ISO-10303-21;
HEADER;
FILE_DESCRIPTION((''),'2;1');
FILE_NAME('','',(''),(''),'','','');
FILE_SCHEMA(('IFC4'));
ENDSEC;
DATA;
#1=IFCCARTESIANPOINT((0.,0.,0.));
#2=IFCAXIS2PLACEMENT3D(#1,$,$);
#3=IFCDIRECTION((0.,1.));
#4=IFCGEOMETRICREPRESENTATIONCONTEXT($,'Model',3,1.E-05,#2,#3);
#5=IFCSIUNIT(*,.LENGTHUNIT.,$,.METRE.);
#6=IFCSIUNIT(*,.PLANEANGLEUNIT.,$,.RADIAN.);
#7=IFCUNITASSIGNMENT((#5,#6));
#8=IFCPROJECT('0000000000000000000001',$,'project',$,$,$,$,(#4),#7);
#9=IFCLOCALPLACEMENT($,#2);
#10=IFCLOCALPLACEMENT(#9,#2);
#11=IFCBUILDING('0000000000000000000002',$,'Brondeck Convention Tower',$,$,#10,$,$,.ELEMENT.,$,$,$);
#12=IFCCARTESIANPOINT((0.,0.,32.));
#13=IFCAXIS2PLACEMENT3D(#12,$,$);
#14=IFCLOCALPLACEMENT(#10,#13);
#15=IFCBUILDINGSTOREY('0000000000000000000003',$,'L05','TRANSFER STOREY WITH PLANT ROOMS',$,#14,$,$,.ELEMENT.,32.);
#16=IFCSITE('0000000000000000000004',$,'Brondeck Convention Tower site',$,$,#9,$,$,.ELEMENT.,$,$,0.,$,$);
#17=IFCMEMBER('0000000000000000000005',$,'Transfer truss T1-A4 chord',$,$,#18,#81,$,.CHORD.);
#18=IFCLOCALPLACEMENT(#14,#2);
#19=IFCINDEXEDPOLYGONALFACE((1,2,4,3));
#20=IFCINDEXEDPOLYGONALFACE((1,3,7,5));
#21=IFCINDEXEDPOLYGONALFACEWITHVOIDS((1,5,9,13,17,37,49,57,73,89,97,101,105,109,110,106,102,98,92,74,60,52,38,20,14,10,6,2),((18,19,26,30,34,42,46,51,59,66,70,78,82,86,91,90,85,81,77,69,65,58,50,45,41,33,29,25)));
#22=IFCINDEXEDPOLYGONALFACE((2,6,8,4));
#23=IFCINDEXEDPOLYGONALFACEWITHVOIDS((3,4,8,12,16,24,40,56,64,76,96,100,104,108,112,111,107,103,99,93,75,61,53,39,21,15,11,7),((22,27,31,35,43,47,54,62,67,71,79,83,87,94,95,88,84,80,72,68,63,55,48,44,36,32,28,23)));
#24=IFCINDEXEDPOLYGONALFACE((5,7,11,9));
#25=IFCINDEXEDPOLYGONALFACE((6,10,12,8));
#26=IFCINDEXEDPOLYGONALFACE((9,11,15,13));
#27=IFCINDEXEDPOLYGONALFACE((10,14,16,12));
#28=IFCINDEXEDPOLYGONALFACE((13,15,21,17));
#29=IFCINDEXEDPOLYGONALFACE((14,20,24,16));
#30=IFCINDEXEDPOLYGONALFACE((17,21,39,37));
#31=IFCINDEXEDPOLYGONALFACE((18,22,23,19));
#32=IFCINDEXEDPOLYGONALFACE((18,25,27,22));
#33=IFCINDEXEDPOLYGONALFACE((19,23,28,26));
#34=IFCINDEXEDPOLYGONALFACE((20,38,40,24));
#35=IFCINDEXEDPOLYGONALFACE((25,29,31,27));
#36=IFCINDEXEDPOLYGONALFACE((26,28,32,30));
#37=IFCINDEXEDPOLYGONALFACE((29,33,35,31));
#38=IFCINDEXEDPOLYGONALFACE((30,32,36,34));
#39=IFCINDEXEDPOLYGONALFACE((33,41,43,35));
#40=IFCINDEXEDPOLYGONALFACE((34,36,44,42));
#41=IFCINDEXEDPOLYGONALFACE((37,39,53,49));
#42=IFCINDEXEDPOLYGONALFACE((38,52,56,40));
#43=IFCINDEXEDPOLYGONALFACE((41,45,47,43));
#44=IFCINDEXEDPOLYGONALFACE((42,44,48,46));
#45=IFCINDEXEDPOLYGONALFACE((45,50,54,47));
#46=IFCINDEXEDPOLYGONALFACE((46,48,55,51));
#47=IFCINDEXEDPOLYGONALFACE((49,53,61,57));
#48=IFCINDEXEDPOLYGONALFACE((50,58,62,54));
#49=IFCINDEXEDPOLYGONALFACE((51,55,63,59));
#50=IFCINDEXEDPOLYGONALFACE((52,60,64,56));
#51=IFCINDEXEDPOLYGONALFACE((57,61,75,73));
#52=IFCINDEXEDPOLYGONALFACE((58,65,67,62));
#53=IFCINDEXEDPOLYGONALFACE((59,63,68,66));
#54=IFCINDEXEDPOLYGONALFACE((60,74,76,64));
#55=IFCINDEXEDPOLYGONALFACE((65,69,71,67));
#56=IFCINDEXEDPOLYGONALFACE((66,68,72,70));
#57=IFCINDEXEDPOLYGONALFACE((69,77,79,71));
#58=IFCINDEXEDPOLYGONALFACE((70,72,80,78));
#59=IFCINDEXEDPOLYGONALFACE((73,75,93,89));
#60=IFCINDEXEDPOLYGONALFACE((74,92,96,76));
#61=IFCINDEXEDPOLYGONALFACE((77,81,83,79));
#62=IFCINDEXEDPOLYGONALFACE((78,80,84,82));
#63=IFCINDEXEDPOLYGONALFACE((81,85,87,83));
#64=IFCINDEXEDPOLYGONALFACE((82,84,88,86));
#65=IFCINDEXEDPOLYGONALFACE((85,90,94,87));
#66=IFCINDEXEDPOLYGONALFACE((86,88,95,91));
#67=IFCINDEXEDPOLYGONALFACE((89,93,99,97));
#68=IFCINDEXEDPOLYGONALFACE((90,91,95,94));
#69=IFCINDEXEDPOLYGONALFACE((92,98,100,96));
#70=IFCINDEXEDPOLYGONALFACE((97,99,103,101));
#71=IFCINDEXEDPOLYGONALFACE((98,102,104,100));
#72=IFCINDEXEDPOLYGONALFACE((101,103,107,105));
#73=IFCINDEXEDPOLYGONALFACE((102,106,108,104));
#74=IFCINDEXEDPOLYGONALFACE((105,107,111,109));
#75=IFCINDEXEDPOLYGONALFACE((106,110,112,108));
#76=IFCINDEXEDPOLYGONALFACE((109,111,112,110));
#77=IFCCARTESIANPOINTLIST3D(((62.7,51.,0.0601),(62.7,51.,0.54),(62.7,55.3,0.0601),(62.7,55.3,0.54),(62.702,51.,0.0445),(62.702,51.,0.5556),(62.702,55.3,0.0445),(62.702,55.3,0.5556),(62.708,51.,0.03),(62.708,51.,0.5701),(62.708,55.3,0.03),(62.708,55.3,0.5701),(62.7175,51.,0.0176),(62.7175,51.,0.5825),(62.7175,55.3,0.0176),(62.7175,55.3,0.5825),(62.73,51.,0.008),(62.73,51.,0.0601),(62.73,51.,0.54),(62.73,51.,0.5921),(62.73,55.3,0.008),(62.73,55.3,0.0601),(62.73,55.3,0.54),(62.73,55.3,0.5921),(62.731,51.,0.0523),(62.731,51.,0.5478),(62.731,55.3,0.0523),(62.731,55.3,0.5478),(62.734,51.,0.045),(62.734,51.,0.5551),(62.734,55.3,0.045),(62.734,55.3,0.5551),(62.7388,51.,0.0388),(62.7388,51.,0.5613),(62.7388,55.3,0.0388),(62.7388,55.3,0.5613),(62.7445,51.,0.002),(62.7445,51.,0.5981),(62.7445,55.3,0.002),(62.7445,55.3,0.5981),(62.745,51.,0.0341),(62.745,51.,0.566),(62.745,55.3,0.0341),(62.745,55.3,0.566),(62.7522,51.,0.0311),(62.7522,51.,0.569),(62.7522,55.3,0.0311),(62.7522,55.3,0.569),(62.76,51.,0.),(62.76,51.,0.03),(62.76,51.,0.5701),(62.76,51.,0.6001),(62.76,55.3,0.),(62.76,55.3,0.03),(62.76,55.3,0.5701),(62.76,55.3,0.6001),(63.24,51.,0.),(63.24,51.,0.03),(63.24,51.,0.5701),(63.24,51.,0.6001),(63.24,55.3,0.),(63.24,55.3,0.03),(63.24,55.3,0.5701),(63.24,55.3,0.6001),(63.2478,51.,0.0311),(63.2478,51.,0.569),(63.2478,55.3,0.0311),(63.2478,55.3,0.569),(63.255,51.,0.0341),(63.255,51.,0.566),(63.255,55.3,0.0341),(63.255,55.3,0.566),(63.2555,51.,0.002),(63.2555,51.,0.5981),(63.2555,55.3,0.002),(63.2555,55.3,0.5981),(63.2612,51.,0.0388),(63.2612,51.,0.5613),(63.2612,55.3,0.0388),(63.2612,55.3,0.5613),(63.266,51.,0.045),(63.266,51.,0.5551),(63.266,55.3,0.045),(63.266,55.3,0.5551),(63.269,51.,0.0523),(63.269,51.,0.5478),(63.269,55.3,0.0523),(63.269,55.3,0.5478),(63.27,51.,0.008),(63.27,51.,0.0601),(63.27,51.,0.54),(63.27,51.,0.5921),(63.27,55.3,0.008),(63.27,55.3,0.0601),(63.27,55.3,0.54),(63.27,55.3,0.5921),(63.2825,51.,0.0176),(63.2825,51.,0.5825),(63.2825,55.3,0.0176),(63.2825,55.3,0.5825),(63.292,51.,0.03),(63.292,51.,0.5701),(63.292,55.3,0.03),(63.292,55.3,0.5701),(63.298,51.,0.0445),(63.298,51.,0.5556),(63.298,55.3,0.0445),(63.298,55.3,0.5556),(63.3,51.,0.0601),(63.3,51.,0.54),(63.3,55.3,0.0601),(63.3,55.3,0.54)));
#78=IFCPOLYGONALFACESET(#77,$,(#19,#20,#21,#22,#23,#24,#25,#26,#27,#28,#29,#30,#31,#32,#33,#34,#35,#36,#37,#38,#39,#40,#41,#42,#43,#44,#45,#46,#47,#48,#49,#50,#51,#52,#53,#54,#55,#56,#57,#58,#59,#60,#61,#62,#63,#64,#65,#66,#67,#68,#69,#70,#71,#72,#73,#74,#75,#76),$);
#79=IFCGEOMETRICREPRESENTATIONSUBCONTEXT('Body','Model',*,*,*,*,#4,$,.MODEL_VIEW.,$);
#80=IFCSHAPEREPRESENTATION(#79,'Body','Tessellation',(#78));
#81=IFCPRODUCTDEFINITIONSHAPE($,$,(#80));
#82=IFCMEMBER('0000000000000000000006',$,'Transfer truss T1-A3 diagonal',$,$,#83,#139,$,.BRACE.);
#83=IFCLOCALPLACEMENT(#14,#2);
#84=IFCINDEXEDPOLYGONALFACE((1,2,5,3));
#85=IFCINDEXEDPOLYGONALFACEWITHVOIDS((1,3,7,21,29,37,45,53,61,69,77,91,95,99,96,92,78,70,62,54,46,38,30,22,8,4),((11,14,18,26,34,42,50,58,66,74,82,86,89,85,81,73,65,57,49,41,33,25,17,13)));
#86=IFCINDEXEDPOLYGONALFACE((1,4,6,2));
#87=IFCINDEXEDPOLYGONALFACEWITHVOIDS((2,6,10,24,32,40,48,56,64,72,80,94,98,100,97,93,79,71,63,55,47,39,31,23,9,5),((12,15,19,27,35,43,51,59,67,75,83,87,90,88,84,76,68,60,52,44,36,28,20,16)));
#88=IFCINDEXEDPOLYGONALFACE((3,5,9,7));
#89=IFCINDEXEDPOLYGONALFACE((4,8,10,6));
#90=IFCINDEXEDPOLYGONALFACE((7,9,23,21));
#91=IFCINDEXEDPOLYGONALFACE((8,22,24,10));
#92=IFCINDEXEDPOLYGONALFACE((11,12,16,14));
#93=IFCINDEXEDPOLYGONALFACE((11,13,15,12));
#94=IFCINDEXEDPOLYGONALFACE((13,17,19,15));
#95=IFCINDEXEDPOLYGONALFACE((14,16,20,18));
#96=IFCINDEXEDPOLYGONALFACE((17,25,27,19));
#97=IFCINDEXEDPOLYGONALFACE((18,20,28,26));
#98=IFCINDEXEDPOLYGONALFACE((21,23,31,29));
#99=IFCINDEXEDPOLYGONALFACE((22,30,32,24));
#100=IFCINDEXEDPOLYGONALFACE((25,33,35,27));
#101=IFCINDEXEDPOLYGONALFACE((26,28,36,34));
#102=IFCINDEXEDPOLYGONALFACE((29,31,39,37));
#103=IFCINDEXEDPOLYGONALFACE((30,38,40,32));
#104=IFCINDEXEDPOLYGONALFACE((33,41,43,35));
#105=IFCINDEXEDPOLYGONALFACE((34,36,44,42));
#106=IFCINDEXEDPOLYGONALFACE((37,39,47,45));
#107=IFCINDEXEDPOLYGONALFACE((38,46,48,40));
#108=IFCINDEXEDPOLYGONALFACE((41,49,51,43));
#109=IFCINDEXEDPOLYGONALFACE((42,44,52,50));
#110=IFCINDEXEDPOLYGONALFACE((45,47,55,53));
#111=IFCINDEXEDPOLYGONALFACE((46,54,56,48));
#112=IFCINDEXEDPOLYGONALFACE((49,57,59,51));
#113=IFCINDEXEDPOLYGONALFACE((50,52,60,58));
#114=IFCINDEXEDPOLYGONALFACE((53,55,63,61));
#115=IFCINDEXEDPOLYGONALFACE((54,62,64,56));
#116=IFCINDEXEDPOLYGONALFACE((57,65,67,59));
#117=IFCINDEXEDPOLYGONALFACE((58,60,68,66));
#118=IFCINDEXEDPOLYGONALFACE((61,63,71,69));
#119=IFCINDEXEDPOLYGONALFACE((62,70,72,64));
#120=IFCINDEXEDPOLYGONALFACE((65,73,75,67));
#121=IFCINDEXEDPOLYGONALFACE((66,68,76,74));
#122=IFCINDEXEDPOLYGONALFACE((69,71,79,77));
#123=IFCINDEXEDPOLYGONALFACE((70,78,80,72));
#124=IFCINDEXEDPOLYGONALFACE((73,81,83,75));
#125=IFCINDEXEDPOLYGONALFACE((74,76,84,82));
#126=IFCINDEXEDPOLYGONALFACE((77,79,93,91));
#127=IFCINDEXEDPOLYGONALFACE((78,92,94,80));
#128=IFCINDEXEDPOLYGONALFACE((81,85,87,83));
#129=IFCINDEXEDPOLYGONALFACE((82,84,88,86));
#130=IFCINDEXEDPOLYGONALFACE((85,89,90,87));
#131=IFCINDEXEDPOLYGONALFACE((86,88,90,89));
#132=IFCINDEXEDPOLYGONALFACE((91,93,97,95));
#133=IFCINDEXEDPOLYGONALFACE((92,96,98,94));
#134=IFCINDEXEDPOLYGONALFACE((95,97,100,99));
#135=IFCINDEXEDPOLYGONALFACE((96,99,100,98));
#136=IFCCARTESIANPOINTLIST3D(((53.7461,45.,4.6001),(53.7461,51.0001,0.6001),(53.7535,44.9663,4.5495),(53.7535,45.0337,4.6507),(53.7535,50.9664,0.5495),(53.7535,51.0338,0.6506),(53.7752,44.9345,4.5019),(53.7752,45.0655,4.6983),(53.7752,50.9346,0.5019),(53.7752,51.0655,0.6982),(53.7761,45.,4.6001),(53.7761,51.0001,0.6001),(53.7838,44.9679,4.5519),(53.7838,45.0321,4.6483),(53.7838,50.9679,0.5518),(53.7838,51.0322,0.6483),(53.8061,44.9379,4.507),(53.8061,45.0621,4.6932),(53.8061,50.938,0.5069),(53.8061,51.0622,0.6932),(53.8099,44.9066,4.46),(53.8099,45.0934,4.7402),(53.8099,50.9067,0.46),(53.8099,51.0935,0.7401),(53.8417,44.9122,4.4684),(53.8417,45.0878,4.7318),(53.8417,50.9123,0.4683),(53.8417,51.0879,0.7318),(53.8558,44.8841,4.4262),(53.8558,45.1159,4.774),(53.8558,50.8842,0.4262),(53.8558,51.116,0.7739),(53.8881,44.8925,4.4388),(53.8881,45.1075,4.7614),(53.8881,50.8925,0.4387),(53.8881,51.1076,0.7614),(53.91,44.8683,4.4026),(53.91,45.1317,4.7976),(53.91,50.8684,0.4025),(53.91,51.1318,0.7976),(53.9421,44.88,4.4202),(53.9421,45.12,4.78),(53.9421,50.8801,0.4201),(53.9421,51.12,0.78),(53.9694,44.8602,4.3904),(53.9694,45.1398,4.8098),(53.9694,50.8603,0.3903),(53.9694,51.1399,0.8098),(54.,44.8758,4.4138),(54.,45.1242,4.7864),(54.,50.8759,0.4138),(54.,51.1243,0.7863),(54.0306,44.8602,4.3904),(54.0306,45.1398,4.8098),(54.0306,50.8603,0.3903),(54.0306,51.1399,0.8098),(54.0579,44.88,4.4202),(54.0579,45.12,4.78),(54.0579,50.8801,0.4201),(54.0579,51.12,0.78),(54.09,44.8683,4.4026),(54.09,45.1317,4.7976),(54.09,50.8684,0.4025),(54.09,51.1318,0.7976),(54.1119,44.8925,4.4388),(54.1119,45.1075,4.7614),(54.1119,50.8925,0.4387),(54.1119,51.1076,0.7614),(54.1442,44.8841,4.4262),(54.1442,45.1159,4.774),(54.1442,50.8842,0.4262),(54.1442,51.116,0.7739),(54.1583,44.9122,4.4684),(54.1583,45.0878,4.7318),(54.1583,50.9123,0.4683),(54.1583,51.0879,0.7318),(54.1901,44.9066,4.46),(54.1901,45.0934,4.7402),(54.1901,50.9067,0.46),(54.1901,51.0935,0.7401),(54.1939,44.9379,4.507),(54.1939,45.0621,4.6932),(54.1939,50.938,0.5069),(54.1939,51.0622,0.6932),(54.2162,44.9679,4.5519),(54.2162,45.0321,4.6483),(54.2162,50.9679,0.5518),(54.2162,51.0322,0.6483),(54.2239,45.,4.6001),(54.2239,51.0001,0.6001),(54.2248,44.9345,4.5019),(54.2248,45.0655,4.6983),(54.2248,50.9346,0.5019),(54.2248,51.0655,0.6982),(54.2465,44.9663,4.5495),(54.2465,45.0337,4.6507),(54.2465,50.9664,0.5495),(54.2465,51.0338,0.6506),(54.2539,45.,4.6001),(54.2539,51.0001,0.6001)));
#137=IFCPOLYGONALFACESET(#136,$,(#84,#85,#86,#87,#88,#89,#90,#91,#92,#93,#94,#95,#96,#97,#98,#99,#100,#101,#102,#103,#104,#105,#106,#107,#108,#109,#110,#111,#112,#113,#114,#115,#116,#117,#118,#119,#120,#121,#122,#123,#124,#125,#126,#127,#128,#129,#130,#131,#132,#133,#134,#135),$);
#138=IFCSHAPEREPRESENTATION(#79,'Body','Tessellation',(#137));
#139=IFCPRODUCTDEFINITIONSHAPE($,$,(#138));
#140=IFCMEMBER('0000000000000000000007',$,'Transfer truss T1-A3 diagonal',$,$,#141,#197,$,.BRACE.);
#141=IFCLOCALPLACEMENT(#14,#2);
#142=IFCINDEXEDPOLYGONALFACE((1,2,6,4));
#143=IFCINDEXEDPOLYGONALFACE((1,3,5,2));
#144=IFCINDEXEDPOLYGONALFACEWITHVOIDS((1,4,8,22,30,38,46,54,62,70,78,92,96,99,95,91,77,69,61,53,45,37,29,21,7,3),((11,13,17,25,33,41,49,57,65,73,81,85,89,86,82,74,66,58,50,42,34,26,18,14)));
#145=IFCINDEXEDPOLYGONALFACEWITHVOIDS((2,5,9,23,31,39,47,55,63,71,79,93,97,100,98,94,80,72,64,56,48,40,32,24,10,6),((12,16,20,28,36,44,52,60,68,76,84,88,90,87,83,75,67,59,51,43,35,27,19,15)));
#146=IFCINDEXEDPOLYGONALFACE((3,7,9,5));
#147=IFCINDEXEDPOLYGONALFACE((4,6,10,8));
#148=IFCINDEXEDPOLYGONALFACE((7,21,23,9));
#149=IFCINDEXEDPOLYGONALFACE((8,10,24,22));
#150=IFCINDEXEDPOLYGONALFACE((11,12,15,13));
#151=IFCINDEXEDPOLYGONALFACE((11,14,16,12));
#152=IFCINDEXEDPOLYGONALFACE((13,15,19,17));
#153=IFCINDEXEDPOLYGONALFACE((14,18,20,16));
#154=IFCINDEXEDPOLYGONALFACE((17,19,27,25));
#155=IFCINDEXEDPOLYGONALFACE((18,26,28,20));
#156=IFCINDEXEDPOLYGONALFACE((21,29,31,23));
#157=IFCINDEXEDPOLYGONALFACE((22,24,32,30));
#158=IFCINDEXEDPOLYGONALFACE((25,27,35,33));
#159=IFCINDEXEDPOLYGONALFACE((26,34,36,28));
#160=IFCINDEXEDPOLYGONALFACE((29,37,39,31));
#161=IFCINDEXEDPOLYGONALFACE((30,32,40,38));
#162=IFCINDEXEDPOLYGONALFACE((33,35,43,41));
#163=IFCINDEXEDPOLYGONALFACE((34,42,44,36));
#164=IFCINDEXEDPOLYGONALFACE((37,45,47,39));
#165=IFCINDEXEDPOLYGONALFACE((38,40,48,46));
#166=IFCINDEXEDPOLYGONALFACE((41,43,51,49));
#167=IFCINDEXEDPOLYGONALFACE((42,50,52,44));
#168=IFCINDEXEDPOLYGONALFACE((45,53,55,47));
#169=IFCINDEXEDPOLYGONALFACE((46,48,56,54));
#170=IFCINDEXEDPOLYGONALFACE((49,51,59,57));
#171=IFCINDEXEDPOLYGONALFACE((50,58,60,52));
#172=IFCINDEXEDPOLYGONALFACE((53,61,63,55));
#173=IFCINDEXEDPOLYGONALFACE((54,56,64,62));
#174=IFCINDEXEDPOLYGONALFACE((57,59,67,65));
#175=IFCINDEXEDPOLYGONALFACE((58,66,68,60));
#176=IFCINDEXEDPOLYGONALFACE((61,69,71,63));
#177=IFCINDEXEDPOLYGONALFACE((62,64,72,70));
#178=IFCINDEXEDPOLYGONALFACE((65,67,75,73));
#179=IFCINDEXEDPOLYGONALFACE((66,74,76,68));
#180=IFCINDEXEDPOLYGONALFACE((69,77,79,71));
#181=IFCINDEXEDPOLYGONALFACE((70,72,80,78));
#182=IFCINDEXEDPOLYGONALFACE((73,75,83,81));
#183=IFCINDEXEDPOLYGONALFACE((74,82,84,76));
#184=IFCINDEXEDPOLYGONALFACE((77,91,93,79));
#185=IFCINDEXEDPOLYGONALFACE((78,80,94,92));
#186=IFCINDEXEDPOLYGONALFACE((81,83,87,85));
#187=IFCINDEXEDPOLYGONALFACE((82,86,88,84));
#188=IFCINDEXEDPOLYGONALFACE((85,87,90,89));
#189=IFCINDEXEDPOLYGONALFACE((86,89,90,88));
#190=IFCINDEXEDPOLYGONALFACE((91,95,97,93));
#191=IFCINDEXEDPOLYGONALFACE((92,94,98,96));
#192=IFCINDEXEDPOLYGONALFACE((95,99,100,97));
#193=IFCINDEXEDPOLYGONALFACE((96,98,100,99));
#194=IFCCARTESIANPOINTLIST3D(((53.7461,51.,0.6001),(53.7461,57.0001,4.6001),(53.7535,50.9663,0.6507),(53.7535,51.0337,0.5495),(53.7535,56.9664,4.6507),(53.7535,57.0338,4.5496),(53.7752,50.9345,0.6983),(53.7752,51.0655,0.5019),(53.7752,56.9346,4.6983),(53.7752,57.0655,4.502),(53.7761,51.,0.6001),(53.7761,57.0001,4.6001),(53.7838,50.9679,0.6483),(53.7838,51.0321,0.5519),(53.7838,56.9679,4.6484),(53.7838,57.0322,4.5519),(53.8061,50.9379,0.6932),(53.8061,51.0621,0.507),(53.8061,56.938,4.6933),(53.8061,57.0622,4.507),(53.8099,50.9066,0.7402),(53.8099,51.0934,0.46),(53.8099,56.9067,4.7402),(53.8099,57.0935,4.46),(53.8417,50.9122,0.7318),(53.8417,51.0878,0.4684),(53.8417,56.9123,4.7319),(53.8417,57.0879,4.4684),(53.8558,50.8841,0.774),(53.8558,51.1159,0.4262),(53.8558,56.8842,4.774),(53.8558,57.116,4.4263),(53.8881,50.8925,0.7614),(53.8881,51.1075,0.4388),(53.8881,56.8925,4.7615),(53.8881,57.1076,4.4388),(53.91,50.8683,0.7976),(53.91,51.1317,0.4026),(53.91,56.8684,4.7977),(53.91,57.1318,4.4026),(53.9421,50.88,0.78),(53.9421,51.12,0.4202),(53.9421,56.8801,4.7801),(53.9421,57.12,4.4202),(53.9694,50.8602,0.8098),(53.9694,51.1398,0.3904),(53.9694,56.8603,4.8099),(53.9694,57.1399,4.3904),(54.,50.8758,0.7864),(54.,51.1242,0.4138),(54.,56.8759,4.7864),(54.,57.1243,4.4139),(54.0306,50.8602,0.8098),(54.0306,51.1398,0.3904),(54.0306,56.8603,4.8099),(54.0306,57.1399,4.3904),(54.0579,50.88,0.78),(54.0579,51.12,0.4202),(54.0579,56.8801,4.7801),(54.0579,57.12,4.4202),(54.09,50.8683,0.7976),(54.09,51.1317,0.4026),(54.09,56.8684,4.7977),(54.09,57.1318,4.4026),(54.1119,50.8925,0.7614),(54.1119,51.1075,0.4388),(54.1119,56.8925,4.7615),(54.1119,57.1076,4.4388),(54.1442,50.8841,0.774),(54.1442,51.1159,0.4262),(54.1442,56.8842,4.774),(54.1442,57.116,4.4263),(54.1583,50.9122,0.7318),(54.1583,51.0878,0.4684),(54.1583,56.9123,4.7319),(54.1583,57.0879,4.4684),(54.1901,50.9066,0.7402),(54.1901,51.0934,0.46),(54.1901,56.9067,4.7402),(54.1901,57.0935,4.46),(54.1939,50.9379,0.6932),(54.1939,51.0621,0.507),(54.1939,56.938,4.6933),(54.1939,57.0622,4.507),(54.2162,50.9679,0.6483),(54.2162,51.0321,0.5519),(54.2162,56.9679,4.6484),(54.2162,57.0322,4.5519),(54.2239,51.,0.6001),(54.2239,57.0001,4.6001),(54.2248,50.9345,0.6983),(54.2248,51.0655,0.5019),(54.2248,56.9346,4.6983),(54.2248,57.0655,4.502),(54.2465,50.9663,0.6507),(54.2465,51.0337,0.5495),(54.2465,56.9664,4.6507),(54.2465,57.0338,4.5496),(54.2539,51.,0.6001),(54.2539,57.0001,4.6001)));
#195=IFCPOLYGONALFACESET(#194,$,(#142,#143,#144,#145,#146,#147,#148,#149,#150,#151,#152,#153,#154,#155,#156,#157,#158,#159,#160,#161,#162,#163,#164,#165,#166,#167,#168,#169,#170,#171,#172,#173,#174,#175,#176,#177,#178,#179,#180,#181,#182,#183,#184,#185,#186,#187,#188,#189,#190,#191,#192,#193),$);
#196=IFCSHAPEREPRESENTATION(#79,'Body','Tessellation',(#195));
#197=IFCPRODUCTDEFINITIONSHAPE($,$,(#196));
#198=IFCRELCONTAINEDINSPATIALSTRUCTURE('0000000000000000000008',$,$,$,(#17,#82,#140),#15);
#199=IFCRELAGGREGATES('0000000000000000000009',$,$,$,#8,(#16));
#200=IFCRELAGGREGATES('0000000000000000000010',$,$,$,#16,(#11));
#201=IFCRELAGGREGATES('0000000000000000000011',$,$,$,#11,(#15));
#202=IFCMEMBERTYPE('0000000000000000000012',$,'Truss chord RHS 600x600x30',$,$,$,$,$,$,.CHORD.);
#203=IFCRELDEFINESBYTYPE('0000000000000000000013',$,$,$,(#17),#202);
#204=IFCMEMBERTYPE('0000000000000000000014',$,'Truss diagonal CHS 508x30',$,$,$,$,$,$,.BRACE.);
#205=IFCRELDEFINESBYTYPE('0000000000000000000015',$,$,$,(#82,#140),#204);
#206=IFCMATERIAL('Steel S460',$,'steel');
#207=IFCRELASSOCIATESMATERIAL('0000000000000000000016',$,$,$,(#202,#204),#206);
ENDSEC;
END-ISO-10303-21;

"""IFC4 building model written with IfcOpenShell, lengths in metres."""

from ifc_helpers import new_model, si_unit, direction, frame, origin, origin_2d, place, context, subcontext, project, spatial, hollow_rectangle, hollow_circle, extrude, material, material_profile, profile_set, type_object, element, save


model = new_model("IFC4")

# Units and contexts
model_context = context("Model", 3, precision=1e-05, world=origin(), true_north=direction((0.0, 1.0)))
body_context = subcontext(model_context, "Body", "Model", "MODEL_VIEW")
ifc_project = project(units=[si_unit("LENGTHUNIT", "METRE"), si_unit("PLANEANGLEUNIT", "RADIAN")], contexts=[model_context])

# Site, building, storey
site_placement = place(None, origin())
site = spatial("IfcSite", under=ifc_project, at=site_placement, Name="Brondeck Convention Tower site", CompositionType="ELEMENT", RefElevation=0.0)
building_placement = place(site_placement, origin())
building = spatial("IfcBuilding", under=site, at=building_placement, Name="Brondeck Convention Tower", CompositionType="ELEMENT")
storey_placement = place(building_placement, frame((0.0, 0.0, 32.0)))
storey = spatial("IfcBuildingStorey", under=building, at=storey_placement, Name="L05", Description="TRANSFER STOREY WITH PLANT ROOMS", CompositionType="ELEMENT", Elevation=32.0)

# Shared definitions
ifc_material_1 = material(Name="Steel S460", Category="steel")

# Members
ifc_material_profile_1 = material_profile(ifc_material_1, hollow_rectangle(XDim=0.6001, YDim=0.6001, WallThickness=0.03, InnerFilletRadius=0.03, OuterFilletRadius=0.0601, at=origin_2d()), Name="RHS 600x600x30")
ifc_profile_set_1 = profile_set([ifc_material_profile_1], Name="Steel S460")
member_type_1 = type_object("IfcMemberType", Name="Truss chord RHS 600x600x30", PredefinedType="CHORD", material=ifc_profile_set_1)
member_1_placement = place(storey_placement, frame((63.0, 51.0, 0.3), z_axis=(0.0, 1.0, 0.0), x_axis=(-1.0, 0.0, 0.0)))
element("IfcMember", 1, at=member_1_placement, inside=storey, type_object=member_type_1, Name="Transfer truss T1-A4 chord", PredefinedType="CHORD", context=body_context, shape_type="SweptSolid", body=[
    extrude(hollow_rectangle(XDim=0.6001, YDim=0.6001, WallThickness=0.03, InnerFilletRadius=0.03, OuterFilletRadius=0.0601, at=origin_2d()), origin(), (0.0, 0.0, 1.0), 4.3),
])
ifc_material_profile_2 = material_profile(ifc_material_1, hollow_circle(Radius=0.2539, WallThickness=0.03, at=origin_2d()), Name="CHS 508x30")
ifc_profile_set_2 = profile_set([ifc_material_profile_2], Name="Steel S460")
member_type_2 = type_object("IfcMemberType", Name="Truss diagonal CHS 508x30", PredefinedType="BRACE", material=ifc_profile_set_2)
for number, where, z_axis, x_axis, name in (
    (2, (54.0, 45.0, 4.6001), (0.0, 0.83205, -0.5547), (-1.0, 0.0, 0.0), "Transfer truss T1-A3 diagonal"),
    (3, (54.0, 51.0, 0.6001), (0.0, 0.83205, 0.5547), (-1.0, 0.0, 0.0), "Transfer truss T1-A3 diagonal"),
):
    element("IfcMember", number, at=place(storey_placement, frame(where, z_axis=z_axis, x_axis=x_axis)), inside=storey, type_object=member_type_2, Name=name, PredefinedType="BRACE", context=body_context, shape_type="SweptSolid", body=[
        extrude(hollow_circle(Radius=0.2539, WallThickness=0.03, at=origin_2d()), origin(), (0.0, 0.0, 1.0), 7.2112),
    ])

save(model, "model.ifc")
